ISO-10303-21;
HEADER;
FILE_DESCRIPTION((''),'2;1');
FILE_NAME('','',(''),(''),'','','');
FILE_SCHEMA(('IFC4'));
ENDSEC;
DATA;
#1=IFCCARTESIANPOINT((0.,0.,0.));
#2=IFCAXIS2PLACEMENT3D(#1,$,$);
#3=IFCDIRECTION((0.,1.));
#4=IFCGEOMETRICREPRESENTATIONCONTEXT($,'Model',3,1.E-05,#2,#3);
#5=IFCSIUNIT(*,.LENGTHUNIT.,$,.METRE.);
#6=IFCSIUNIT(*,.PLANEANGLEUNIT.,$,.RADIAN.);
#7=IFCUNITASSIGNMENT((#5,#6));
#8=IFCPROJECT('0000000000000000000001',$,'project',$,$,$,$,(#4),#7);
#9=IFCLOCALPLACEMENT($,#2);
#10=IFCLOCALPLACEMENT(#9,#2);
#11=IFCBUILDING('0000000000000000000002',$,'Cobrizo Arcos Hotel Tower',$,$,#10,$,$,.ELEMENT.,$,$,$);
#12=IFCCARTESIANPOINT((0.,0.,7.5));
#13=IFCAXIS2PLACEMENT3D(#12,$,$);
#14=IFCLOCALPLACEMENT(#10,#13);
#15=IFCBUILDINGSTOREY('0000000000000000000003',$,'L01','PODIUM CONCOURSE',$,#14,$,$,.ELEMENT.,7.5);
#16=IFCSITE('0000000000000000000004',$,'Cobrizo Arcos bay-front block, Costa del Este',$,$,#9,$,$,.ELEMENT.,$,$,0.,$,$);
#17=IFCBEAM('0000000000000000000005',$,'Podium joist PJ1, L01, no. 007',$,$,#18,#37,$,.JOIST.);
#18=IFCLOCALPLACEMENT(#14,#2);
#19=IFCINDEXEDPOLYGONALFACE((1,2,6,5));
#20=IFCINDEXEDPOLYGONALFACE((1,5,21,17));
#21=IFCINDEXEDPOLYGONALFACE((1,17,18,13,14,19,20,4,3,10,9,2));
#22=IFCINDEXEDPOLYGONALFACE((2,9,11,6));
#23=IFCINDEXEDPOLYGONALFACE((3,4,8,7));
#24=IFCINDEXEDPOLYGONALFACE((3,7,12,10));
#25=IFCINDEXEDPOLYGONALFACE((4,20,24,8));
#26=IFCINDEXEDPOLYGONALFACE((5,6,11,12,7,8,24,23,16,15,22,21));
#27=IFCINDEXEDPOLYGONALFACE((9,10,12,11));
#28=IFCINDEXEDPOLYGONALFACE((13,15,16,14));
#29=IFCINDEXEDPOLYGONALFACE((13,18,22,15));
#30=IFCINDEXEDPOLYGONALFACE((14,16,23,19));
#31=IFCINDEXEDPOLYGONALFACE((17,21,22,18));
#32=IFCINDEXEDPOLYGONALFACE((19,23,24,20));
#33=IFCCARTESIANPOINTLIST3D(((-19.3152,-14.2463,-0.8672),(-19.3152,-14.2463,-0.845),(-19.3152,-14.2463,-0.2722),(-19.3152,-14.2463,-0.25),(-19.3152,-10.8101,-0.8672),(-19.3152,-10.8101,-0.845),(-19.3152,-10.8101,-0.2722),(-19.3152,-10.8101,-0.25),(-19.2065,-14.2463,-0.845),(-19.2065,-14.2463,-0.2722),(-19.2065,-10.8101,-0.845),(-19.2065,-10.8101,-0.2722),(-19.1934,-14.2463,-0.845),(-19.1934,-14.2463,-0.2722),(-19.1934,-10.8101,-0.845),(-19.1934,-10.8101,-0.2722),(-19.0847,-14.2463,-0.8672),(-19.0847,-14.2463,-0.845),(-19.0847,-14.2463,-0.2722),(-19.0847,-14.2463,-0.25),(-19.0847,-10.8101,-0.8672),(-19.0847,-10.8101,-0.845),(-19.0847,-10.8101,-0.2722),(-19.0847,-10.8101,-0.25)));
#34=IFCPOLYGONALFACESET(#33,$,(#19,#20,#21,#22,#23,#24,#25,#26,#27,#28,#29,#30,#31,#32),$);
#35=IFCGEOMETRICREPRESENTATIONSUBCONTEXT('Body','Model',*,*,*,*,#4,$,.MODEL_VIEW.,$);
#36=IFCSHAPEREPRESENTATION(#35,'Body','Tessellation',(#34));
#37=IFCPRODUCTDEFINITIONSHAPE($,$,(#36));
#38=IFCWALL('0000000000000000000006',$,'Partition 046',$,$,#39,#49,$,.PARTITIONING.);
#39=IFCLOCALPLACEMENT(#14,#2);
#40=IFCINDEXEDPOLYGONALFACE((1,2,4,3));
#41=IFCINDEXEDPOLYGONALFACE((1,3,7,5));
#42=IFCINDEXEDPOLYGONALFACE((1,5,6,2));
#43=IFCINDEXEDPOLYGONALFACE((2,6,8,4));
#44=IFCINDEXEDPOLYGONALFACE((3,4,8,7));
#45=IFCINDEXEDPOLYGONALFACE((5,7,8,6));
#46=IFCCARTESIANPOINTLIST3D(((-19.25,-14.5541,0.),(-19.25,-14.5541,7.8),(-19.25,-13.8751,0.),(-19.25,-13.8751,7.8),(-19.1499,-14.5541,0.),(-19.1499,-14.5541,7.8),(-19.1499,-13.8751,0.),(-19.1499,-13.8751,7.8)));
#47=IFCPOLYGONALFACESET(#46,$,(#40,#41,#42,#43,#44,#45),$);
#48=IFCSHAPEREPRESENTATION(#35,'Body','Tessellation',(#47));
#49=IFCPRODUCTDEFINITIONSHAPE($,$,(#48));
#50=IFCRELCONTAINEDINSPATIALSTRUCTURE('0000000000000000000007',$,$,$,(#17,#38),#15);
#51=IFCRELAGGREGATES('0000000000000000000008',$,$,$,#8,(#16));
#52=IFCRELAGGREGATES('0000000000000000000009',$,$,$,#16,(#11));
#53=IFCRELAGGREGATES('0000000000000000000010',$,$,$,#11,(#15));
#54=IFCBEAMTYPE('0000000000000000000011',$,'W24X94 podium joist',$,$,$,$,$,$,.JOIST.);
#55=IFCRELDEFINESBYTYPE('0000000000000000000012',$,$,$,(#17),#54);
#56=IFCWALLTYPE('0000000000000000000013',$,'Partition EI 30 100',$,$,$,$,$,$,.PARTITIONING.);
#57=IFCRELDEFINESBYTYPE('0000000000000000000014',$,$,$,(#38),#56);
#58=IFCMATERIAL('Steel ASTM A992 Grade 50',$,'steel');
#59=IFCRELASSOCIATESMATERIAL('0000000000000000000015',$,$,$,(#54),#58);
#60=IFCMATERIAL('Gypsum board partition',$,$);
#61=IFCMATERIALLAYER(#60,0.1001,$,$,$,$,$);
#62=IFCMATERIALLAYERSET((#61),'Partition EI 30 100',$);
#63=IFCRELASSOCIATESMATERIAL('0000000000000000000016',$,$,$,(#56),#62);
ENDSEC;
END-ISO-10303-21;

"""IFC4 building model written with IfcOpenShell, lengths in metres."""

from ifc_helpers import new_model, si_unit, direction, frame, frame_2d, origin, origin_2d, place, context, subcontext, project, spatial, rectangle, i_section, extrude, material, layer, layer_set, material_profile, profile_set, type_object, element, save


model = new_model("IFC4")

# Units and contexts
model_context = context("Model", 3, precision=1e-05, world=origin(), true_north=direction((0.0, 1.0)))
body_context = subcontext(model_context, "Body", "Model", "MODEL_VIEW")
ifc_project = project(units=[si_unit("LENGTHUNIT", "METRE"), si_unit("PLANEANGLEUNIT", "RADIAN")], contexts=[model_context])

# Site, building, storey
site_placement = place(None, origin())
site = spatial("IfcSite", under=ifc_project, at=site_placement, Name="Cobrizo Arcos bay-front block, Costa del Este", CompositionType="ELEMENT", RefElevation=0.0)
building_placement = place(site_placement, origin())
building = spatial("IfcBuilding", under=site, at=building_placement, Name="Cobrizo Arcos Hotel Tower", CompositionType="ELEMENT")
storey_placement = place(building_placement, frame((0.0, 0.0, 7.5)))
storey = spatial("IfcBuildingStorey", under=building, at=storey_placement, Name="L01", Description="PODIUM CONCOURSE", CompositionType="ELEMENT", Elevation=7.5)

# Beam
ifc_material_1 = material(Name="Steel ASTM A992 Grade 50", Category="steel")
ifc_material_profile = material_profile(ifc_material_1, i_section(OverallWidth=0.2305, OverallDepth=0.6172, WebThickness=0.0132, FlangeThickness=0.0222, at=origin_2d()), Name="W24X94")
ifc_profile_set = profile_set([ifc_material_profile], Name="Steel ASTM A992 Grade 50")
beam_type = type_object("IfcBeamType", Name="W24X94 podium joist", PredefinedType="JOIST", material=ifc_profile_set)
beam_placement = place(storey_placement, frame((-19.2, -14.2463, -0.5586), z_axis=(0.0, 1.0, 0.0), x_axis=(-1.0, 0.0, 0.0)))
element("IfcBeam", 1, at=beam_placement, inside=storey, type_object=beam_type, Name="Podium joist PJ1, L01, no. 007", PredefinedType="JOIST", context=body_context, shape_type="SweptSolid", body=[
    extrude(i_section(OverallWidth=0.2305, OverallDepth=0.6172, WebThickness=0.0132, FlangeThickness=0.0222, at=origin_2d()), origin(), (0.0, 0.0, 1.0), 3.4363),
])

# Wall
ifc_material_2 = material(Name="Gypsum board partition")
ifc_layer_1 = layer(ifc_material_2, 0.1001)
ifc_layer_set_1 = layer_set([ifc_layer_1], Name="Partition EI 30 100")
wall_type_1 = type_object("IfcWallType", Name="Partition EI 30 100", PredefinedType="PARTITIONING", material=ifc_layer_set_1)
wall_1_placement = place(storey_placement, frame((-19.2, -14.554, 0.0), z_axis=(0.0, 0.0, 1.0), x_axis=(0.0, 1.0, 0.0)))
element("IfcWall", 2, at=wall_1_placement, inside=storey, type_object=wall_type_1, Name="Partition 046", PredefinedType="PARTITIONING", context=body_context, shape_type="SweptSolid", body=[
    extrude(rectangle(XDim=0.679, YDim=0.1001, at=frame_2d((0.3394, 0.0))), origin(), (0.0, 0.0, 1.0), 7.8),
])

save(model, "model.ifc")
